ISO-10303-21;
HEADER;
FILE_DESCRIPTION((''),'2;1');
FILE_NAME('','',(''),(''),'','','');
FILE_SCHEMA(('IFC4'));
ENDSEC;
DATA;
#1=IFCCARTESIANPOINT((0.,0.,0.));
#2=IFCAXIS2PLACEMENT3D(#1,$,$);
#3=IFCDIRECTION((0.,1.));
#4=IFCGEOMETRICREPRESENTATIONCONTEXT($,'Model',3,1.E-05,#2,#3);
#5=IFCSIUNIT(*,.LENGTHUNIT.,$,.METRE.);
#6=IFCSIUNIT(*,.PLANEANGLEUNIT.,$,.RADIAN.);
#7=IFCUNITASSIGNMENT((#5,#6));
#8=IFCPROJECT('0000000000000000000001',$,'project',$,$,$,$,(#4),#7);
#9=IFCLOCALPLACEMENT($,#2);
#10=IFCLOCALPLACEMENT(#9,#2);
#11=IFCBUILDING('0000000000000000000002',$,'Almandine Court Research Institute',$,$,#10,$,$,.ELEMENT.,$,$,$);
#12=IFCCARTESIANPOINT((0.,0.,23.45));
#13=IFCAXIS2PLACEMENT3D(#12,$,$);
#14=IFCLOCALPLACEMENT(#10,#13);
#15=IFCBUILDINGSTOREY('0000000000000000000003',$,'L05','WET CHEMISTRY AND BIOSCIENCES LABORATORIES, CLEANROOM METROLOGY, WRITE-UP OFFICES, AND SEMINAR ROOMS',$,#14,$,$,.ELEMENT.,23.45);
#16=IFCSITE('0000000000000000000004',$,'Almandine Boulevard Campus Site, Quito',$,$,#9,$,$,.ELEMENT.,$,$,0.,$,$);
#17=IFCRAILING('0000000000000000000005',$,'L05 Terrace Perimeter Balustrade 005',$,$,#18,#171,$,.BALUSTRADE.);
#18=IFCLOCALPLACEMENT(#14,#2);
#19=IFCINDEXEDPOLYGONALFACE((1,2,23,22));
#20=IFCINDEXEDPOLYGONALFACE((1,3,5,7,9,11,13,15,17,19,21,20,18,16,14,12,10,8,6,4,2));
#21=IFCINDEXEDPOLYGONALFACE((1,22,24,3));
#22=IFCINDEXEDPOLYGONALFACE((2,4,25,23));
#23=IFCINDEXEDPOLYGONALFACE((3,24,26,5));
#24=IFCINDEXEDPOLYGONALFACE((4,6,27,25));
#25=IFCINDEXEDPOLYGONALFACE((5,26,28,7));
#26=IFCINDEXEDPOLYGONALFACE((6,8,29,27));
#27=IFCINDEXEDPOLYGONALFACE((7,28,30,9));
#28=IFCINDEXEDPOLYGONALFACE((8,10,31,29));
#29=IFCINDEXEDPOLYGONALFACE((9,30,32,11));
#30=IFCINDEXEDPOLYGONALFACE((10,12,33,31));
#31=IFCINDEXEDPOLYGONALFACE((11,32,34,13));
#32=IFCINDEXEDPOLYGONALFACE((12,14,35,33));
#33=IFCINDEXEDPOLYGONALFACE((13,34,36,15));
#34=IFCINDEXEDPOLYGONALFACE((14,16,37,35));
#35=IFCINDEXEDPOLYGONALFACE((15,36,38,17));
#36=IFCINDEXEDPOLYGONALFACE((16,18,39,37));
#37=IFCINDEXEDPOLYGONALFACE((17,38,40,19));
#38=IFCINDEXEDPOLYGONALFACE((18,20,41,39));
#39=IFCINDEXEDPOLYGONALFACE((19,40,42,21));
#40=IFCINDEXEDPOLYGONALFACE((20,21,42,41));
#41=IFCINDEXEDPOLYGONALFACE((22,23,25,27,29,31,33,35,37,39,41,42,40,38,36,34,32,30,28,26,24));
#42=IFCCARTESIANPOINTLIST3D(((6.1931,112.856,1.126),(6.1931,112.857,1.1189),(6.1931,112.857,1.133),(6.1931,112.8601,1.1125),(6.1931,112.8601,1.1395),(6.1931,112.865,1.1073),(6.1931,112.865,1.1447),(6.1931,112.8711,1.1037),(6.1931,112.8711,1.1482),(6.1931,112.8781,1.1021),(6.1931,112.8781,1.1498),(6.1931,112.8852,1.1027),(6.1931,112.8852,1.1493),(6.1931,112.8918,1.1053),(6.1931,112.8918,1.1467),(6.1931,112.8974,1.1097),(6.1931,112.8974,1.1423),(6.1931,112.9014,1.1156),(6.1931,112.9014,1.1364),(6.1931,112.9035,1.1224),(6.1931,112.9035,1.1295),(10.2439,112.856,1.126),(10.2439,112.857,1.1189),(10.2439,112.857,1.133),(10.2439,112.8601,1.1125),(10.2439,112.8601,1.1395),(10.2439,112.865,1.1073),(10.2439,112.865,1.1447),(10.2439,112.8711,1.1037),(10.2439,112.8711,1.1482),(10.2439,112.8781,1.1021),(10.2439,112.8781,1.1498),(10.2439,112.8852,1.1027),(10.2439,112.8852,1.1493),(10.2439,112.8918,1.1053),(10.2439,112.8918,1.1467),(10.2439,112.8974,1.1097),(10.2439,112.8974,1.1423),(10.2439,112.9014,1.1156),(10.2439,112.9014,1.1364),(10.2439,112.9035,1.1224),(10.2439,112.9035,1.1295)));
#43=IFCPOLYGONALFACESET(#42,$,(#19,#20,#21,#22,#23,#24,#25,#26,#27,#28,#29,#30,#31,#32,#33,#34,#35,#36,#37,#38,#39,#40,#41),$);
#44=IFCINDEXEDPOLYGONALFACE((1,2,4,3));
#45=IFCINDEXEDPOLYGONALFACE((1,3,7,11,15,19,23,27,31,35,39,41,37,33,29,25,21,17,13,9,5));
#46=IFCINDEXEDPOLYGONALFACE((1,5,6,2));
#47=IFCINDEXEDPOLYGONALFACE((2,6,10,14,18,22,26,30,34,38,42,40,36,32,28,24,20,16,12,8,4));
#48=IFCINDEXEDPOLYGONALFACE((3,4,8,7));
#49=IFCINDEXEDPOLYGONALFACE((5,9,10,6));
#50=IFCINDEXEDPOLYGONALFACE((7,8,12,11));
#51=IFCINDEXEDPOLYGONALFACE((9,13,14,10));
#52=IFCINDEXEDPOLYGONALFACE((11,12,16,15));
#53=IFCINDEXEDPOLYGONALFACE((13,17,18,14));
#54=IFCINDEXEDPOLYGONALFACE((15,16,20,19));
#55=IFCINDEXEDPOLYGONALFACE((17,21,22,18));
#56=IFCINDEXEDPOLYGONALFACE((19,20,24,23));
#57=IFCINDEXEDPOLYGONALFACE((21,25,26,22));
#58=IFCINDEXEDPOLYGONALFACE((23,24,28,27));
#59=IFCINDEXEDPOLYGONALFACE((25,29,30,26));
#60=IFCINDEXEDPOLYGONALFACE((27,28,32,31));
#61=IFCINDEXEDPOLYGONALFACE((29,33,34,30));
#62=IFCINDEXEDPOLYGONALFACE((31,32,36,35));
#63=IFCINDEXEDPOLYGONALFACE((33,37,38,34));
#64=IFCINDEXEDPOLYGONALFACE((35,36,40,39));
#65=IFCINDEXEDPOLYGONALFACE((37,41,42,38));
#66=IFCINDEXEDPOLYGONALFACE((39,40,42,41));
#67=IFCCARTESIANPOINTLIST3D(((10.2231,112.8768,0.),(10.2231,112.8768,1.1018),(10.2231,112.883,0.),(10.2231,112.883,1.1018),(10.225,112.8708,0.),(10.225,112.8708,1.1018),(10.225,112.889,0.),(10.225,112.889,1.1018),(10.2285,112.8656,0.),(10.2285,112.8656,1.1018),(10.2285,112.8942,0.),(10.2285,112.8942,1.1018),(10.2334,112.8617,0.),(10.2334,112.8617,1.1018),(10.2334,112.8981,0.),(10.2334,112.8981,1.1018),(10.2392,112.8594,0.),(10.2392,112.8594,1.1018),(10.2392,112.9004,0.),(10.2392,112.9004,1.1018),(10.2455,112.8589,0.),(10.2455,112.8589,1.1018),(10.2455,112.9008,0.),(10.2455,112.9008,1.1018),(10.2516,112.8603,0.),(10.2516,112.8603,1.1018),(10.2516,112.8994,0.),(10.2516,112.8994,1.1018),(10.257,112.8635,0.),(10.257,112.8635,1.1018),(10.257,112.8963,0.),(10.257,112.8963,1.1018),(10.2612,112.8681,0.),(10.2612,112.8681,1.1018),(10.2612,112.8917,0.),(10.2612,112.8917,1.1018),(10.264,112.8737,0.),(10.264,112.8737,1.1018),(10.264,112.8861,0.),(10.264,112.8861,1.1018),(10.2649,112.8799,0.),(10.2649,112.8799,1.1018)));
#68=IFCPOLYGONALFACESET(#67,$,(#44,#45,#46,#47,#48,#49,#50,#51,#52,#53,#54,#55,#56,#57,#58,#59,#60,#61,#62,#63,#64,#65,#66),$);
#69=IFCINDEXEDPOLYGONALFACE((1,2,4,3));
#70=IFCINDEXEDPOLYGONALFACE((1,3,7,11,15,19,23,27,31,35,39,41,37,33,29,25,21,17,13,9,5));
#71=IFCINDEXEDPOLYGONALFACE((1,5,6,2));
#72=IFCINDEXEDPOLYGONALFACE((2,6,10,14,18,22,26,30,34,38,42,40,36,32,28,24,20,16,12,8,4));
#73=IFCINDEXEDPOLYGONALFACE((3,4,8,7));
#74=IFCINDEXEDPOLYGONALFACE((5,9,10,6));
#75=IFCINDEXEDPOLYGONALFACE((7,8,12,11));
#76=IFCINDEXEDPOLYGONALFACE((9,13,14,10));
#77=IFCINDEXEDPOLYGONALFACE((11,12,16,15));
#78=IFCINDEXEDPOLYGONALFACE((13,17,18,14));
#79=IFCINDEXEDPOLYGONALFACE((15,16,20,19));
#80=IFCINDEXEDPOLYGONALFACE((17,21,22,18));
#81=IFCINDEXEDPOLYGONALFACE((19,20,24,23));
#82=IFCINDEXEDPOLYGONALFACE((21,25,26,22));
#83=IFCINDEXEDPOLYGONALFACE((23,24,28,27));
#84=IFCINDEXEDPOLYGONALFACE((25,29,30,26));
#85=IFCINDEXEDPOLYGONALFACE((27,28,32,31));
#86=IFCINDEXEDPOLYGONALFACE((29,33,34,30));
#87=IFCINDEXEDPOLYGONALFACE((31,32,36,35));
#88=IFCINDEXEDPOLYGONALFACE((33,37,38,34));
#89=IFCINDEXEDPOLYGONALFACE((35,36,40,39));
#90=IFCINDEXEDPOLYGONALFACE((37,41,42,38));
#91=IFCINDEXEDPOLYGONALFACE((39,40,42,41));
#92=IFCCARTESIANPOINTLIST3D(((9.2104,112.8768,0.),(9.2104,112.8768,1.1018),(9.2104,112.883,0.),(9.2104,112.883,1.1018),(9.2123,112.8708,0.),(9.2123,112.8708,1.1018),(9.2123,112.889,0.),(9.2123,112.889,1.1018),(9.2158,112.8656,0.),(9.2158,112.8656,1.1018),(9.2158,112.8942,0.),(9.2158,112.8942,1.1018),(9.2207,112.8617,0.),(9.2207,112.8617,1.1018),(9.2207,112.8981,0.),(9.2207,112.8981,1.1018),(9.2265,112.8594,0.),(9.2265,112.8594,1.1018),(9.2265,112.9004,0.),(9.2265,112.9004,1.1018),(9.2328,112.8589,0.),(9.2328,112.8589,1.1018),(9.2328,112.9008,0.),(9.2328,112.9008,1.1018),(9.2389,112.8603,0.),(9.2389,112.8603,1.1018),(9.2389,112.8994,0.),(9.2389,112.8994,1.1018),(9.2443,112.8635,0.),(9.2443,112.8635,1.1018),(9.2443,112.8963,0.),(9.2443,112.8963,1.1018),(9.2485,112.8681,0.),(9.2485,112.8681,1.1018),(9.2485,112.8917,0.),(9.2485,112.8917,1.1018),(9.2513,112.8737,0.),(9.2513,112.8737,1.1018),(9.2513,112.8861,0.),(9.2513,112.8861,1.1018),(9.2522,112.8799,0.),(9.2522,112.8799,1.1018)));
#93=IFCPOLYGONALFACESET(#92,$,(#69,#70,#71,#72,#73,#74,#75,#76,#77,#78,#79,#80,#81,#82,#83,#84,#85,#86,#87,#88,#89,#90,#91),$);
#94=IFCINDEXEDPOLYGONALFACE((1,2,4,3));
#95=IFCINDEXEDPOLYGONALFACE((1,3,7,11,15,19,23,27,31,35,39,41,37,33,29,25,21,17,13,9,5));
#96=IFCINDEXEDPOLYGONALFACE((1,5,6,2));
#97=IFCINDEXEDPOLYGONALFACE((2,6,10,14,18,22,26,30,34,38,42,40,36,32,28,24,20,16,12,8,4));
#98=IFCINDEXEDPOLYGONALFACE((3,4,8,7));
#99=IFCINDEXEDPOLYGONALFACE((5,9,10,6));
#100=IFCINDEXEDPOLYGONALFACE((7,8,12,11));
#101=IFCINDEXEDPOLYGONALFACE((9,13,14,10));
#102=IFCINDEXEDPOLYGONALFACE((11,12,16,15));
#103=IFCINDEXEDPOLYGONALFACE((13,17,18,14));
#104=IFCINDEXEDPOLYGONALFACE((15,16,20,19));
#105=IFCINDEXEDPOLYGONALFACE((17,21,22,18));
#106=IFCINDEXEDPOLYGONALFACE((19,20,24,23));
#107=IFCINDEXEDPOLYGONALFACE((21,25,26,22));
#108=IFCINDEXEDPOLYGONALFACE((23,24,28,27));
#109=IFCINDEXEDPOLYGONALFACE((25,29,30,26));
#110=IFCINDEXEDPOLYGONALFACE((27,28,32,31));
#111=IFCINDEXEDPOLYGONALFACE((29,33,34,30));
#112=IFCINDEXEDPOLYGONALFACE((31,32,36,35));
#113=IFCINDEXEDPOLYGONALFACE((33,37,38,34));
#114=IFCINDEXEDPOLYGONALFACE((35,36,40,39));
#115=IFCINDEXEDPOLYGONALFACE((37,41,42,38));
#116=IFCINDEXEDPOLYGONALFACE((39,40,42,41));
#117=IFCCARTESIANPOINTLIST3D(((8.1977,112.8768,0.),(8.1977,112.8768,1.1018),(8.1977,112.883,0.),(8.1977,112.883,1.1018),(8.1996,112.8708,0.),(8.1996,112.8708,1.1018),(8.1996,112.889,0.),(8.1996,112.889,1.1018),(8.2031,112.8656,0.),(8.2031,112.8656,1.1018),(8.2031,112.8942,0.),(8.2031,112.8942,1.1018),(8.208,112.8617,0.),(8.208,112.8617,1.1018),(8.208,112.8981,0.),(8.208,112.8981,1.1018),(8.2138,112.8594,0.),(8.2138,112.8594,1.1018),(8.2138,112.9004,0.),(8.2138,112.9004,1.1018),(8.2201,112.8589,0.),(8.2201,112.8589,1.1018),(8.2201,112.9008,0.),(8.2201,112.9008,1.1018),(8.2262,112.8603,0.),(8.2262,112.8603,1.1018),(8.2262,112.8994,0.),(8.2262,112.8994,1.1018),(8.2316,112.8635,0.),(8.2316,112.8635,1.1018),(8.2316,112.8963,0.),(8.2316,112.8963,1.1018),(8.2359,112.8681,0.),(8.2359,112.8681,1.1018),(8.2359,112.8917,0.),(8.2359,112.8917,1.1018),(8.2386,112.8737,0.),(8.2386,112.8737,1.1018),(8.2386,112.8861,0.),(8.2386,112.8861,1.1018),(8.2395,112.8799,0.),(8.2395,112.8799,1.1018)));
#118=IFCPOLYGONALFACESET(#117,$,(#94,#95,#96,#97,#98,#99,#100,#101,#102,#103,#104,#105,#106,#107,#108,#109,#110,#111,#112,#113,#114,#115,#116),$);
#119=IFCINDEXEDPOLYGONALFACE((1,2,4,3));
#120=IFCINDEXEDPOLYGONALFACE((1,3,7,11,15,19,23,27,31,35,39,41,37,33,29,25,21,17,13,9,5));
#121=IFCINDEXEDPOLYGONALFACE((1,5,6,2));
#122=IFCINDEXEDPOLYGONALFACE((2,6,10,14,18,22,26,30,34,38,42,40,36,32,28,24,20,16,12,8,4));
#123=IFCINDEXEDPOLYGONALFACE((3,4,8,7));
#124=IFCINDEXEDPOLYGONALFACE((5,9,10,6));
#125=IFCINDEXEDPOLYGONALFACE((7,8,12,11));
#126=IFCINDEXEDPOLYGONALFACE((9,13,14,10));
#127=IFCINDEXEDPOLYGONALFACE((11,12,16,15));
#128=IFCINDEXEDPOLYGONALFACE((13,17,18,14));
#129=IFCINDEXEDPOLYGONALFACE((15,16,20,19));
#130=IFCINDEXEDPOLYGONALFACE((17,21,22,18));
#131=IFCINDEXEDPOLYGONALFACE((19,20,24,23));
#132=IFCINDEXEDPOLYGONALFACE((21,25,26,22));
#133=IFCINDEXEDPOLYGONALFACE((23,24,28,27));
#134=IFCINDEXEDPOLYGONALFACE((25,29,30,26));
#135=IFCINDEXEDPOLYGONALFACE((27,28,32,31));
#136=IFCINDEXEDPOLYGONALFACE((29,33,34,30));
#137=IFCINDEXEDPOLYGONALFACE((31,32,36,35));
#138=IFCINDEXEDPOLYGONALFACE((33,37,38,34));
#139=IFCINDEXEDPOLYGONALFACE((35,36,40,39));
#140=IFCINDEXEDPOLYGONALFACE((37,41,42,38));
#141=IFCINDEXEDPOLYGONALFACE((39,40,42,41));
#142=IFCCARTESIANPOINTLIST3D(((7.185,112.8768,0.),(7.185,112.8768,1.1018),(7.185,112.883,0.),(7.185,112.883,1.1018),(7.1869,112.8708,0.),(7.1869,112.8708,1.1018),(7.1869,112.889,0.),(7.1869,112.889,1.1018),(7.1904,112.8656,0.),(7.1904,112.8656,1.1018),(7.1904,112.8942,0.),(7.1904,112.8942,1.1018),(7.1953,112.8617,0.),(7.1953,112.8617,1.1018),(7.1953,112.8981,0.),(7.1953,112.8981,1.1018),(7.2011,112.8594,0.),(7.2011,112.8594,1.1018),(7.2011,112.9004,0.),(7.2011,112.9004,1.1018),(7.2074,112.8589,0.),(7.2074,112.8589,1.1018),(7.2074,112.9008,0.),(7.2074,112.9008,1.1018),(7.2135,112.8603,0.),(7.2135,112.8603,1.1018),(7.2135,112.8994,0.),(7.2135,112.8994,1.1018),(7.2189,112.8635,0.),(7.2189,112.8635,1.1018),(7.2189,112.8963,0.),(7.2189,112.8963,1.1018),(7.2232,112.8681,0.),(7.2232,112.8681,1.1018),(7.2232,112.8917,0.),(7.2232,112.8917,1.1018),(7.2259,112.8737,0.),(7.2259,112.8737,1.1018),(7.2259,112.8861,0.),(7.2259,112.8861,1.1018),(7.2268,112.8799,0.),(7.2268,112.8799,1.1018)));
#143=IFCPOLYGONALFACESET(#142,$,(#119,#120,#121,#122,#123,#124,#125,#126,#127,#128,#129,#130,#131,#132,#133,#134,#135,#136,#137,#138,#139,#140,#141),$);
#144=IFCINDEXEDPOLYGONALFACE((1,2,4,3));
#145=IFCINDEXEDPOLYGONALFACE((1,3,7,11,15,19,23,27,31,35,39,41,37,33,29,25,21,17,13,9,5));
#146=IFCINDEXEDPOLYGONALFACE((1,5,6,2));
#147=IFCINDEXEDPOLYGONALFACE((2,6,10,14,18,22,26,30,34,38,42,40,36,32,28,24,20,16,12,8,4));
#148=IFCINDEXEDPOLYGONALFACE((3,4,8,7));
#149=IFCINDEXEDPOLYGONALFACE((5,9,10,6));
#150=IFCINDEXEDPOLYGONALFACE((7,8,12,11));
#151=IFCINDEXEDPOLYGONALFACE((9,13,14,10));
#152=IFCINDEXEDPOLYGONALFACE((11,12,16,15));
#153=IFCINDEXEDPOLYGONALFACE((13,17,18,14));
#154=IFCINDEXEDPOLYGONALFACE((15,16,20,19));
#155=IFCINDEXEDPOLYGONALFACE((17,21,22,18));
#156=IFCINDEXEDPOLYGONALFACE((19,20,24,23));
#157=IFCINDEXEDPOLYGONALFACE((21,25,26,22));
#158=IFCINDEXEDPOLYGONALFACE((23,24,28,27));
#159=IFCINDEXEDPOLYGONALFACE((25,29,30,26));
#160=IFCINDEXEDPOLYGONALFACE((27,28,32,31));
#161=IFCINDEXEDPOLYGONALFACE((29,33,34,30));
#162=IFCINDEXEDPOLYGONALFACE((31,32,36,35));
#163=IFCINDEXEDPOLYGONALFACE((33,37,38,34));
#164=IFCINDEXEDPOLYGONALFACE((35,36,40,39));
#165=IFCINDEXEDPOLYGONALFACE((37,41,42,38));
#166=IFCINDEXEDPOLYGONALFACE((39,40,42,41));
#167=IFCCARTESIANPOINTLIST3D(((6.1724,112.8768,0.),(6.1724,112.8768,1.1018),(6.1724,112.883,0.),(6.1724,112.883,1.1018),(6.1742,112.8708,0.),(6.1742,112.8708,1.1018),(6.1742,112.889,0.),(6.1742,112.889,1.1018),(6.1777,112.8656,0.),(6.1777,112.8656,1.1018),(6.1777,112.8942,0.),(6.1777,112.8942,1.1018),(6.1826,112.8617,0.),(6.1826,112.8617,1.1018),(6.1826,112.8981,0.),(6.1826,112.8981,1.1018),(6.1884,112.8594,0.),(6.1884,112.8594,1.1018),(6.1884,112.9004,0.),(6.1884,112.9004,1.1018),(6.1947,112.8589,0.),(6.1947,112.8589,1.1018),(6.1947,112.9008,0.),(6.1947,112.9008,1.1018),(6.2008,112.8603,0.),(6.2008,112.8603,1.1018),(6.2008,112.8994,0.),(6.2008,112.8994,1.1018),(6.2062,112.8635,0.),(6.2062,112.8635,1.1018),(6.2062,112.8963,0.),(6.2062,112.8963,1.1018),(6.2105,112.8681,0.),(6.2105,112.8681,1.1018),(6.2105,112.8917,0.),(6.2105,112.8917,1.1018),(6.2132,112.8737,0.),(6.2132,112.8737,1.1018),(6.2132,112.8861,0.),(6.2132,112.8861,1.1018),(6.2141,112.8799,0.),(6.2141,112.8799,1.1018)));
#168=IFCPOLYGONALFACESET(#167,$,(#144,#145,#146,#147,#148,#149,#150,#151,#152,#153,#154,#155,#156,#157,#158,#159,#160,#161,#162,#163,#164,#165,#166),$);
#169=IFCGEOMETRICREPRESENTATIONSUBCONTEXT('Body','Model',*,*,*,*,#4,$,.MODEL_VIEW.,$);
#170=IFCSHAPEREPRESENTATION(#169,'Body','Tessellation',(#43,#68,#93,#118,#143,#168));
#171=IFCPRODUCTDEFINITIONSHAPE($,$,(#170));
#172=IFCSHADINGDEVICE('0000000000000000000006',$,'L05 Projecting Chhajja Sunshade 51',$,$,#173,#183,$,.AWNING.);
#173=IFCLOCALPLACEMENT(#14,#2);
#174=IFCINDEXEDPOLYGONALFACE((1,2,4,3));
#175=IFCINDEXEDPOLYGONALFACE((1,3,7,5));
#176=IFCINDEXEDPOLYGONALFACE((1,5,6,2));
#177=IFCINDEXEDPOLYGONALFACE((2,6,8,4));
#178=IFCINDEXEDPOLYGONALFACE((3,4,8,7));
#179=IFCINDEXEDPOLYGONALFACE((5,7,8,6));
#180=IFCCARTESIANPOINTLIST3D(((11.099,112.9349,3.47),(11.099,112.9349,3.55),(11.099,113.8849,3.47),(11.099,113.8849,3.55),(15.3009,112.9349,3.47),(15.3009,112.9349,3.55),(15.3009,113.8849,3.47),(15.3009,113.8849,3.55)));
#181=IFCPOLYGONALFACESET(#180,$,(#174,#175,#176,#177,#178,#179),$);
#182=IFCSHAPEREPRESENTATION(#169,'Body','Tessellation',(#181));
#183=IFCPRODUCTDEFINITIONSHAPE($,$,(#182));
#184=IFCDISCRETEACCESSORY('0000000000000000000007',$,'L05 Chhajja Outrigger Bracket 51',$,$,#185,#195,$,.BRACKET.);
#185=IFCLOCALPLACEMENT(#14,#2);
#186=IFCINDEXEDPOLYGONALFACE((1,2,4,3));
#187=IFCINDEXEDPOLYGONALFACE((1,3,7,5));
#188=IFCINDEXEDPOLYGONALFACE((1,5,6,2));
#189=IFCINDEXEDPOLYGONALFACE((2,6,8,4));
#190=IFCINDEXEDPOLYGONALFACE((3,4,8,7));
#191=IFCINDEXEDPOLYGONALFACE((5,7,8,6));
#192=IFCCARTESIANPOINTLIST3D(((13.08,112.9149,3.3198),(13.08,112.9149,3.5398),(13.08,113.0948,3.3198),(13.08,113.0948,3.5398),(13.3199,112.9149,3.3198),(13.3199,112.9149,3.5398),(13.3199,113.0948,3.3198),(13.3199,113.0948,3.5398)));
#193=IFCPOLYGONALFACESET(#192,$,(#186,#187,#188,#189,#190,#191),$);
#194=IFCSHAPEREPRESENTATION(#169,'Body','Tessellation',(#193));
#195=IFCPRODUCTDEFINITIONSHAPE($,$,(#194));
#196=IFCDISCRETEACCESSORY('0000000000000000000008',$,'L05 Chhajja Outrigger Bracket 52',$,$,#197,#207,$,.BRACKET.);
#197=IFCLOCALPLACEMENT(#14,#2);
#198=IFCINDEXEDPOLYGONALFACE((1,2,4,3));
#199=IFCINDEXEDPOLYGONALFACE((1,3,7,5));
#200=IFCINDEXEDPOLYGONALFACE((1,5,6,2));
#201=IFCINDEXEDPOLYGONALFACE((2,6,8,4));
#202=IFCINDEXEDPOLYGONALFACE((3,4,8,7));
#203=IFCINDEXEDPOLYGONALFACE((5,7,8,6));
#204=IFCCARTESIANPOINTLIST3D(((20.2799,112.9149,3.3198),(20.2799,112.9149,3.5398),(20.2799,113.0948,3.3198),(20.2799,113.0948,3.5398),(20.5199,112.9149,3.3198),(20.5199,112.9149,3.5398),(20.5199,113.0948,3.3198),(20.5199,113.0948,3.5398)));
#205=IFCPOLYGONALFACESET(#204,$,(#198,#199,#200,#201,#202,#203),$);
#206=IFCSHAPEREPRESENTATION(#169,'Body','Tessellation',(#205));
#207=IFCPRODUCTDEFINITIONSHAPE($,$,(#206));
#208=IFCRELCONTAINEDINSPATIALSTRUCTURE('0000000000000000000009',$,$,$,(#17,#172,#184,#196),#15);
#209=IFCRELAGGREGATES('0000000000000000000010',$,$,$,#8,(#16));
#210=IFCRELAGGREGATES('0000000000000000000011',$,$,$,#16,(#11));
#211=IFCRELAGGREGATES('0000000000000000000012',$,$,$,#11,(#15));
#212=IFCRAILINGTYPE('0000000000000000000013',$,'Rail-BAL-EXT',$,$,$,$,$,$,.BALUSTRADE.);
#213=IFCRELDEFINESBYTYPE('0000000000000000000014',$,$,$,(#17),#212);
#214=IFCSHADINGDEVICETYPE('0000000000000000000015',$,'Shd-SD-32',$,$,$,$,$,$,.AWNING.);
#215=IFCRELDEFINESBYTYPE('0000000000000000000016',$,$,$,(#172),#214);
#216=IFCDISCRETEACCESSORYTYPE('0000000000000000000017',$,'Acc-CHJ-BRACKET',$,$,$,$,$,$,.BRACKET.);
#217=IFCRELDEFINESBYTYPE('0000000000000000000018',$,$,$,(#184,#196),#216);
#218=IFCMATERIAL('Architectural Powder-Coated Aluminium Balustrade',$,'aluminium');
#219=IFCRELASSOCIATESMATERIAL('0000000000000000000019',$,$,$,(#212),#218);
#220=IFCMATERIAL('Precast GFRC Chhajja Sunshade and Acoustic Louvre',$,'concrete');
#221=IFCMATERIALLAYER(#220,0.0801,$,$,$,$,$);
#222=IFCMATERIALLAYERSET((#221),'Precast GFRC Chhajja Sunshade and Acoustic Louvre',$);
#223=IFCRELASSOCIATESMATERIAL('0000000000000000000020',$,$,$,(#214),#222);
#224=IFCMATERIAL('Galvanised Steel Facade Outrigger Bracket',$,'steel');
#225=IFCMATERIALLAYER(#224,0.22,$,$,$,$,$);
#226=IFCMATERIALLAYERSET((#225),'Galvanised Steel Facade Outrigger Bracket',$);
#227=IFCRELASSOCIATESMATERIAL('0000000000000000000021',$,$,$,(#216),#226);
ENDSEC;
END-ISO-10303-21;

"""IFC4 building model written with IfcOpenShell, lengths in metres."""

from ifc_helpers import new_model, si_unit, direction, frame, origin, origin_2d, place, context, subcontext, project, spatial, rectangle, circle, extrude, material, layer, layer_set, type_object, element, save


model = new_model("IFC4")

# Units and contexts
model_context = context("Model", 3, precision=1e-05, world=origin(), true_north=direction((0.0, 1.0)))
body_context = subcontext(model_context, "Body", "Model", "MODEL_VIEW")
ifc_project = project(units=[si_unit("LENGTHUNIT", "METRE"), si_unit("PLANEANGLEUNIT", "RADIAN")], contexts=[model_context])

# Site, building, storey
site_placement = place(None, origin())
site = spatial("IfcSite", under=ifc_project, at=site_placement, Name="Almandine Boulevard Campus Site, Quito", CompositionType="ELEMENT", RefElevation=0.0)
building_placement = place(site_placement, origin())
building = spatial("IfcBuilding", under=site, at=building_placement, Name="Almandine Court Research Institute", CompositionType="ELEMENT")
storey_placement = place(building_placement, frame((0.0, 0.0, 23.45)))
storey = spatial("IfcBuildingStorey", under=building, at=storey_placement, Name="L05", Description="WET CHEMISTRY AND BIOSCIENCES LABORATORIES, CLEANROOM METROLOGY, WRITE-UP OFFICES, AND SEMINAR ROOMS", CompositionType="ELEMENT", Elevation=23.45)

# Railing
ifc_material_1 = material(Name="Architectural Powder-Coated Aluminium Balustrade", Category="aluminium")
railing_type = type_object("IfcRailingType", Name="Rail-BAL-EXT", PredefinedType="BALUSTRADE", material=ifc_material_1)
railing_1_placement = place(storey_placement, frame((10.2439, 112.8799, 0.0)))
element("IfcRailing", 1, at=railing_1_placement, inside=storey, type_object=railing_type, Name="L05 Terrace Perimeter Balustrade 005", PredefinedType="BALUSTRADE", context=body_context, shape_type="SweptSolid", body=[
    extrude(circle(Radius=0.0239, at=origin_2d()), frame((0.0, 0.0, 1.126), z_axis=(-1.0, 0.0, 0.0), x_axis=(0.0, -1.0, 0.0)), (0.0, 0.0, 1.0), 4.0508),
    extrude(circle(Radius=0.021, at=origin_2d()), origin(), (0.0, 0.0, 1.0), 1.1018),
    extrude(circle(Radius=0.021, at=origin_2d()), frame((-1.0127, 0.0, 0.0)), (0.0, 0.0, 1.0), 1.1018),
    extrude(circle(Radius=0.021, at=origin_2d()), frame((-2.0254, 0.0, 0.0)), (0.0, 0.0, 1.0), 1.1018),
    extrude(circle(Radius=0.021, at=origin_2d()), frame((-3.0381, 0.0, 0.0)), (0.0, 0.0, 1.0), 1.1018),
    extrude(circle(Radius=0.021, at=origin_2d()), frame((-4.0508, 0.0, 0.0)), (0.0, 0.0, 1.0), 1.1018),
])

# Shading device
ifc_material_2 = material(Name="Precast GFRC Chhajja Sunshade and Acoustic Louvre", Category="concrete")
ifc_layer_1 = layer(ifc_material_2, 0.0801)
ifc_layer_set_1 = layer_set([ifc_layer_1], Name="Precast GFRC Chhajja Sunshade and Acoustic Louvre")
shading_device_type = type_object("IfcShadingDeviceType", Name="Shd-SD-32", PredefinedType="AWNING", material=ifc_layer_set_1)
shading_device_placement = place(storey_placement, frame((13.2, 113.4099, 3.47), z_axis=(0.0, 0.0, 1.0), x_axis=(1.0, 0.0, 0.0)))
element("IfcShadingDevice", 2, at=shading_device_placement, inside=storey, type_object=shading_device_type, Name="L05 Projecting Chhajja Sunshade 51", PredefinedType="AWNING", context=body_context, shape_type="SweptSolid", body=[
    extrude(rectangle(XDim=4.2019, YDim=0.95, at=origin_2d()), origin(), (0.0, 0.0, 1.0), 0.0801),
])

# Discrete accessories
ifc_material_3 = material(Name="Galvanised Steel Facade Outrigger Bracket", Category="steel")
ifc_layer_2 = layer(ifc_material_3, 0.22)
ifc_layer_set_2 = layer_set([ifc_layer_2], Name="Galvanised Steel Facade Outrigger Bracket")
discrete_accessory_type = type_object("IfcDiscreteAccessoryType", Name="Acc-CHJ-BRACKET", PredefinedType="BRACKET", material=ifc_layer_set_2)
for number, where, z_axis, x_axis, name in (
    (3, (13.2, 113.0049, 3.3198), (0.0, 0.0, 1.0), (1.0, 0.0, 0.0), "L05 Chhajja Outrigger Bracket 51"),
    (4, (20.3999, 113.0049, 3.3198), (0.0, 0.0, 1.0), (1.0, 0.0, 0.0), "L05 Chhajja Outrigger Bracket 52"),
):
    element("IfcDiscreteAccessory", number, at=place(storey_placement, frame(where, z_axis=z_axis, x_axis=x_axis)), inside=storey, type_object=discrete_accessory_type, Name=name, PredefinedType="BRACKET", context=body_context, shape_type="SweptSolid", body=[
        extrude(rectangle(XDim=0.24, YDim=0.1799, at=origin_2d()), origin(), (0.0, 0.0, 1.0), 0.22),
    ])

save(model, "model.ifc")
